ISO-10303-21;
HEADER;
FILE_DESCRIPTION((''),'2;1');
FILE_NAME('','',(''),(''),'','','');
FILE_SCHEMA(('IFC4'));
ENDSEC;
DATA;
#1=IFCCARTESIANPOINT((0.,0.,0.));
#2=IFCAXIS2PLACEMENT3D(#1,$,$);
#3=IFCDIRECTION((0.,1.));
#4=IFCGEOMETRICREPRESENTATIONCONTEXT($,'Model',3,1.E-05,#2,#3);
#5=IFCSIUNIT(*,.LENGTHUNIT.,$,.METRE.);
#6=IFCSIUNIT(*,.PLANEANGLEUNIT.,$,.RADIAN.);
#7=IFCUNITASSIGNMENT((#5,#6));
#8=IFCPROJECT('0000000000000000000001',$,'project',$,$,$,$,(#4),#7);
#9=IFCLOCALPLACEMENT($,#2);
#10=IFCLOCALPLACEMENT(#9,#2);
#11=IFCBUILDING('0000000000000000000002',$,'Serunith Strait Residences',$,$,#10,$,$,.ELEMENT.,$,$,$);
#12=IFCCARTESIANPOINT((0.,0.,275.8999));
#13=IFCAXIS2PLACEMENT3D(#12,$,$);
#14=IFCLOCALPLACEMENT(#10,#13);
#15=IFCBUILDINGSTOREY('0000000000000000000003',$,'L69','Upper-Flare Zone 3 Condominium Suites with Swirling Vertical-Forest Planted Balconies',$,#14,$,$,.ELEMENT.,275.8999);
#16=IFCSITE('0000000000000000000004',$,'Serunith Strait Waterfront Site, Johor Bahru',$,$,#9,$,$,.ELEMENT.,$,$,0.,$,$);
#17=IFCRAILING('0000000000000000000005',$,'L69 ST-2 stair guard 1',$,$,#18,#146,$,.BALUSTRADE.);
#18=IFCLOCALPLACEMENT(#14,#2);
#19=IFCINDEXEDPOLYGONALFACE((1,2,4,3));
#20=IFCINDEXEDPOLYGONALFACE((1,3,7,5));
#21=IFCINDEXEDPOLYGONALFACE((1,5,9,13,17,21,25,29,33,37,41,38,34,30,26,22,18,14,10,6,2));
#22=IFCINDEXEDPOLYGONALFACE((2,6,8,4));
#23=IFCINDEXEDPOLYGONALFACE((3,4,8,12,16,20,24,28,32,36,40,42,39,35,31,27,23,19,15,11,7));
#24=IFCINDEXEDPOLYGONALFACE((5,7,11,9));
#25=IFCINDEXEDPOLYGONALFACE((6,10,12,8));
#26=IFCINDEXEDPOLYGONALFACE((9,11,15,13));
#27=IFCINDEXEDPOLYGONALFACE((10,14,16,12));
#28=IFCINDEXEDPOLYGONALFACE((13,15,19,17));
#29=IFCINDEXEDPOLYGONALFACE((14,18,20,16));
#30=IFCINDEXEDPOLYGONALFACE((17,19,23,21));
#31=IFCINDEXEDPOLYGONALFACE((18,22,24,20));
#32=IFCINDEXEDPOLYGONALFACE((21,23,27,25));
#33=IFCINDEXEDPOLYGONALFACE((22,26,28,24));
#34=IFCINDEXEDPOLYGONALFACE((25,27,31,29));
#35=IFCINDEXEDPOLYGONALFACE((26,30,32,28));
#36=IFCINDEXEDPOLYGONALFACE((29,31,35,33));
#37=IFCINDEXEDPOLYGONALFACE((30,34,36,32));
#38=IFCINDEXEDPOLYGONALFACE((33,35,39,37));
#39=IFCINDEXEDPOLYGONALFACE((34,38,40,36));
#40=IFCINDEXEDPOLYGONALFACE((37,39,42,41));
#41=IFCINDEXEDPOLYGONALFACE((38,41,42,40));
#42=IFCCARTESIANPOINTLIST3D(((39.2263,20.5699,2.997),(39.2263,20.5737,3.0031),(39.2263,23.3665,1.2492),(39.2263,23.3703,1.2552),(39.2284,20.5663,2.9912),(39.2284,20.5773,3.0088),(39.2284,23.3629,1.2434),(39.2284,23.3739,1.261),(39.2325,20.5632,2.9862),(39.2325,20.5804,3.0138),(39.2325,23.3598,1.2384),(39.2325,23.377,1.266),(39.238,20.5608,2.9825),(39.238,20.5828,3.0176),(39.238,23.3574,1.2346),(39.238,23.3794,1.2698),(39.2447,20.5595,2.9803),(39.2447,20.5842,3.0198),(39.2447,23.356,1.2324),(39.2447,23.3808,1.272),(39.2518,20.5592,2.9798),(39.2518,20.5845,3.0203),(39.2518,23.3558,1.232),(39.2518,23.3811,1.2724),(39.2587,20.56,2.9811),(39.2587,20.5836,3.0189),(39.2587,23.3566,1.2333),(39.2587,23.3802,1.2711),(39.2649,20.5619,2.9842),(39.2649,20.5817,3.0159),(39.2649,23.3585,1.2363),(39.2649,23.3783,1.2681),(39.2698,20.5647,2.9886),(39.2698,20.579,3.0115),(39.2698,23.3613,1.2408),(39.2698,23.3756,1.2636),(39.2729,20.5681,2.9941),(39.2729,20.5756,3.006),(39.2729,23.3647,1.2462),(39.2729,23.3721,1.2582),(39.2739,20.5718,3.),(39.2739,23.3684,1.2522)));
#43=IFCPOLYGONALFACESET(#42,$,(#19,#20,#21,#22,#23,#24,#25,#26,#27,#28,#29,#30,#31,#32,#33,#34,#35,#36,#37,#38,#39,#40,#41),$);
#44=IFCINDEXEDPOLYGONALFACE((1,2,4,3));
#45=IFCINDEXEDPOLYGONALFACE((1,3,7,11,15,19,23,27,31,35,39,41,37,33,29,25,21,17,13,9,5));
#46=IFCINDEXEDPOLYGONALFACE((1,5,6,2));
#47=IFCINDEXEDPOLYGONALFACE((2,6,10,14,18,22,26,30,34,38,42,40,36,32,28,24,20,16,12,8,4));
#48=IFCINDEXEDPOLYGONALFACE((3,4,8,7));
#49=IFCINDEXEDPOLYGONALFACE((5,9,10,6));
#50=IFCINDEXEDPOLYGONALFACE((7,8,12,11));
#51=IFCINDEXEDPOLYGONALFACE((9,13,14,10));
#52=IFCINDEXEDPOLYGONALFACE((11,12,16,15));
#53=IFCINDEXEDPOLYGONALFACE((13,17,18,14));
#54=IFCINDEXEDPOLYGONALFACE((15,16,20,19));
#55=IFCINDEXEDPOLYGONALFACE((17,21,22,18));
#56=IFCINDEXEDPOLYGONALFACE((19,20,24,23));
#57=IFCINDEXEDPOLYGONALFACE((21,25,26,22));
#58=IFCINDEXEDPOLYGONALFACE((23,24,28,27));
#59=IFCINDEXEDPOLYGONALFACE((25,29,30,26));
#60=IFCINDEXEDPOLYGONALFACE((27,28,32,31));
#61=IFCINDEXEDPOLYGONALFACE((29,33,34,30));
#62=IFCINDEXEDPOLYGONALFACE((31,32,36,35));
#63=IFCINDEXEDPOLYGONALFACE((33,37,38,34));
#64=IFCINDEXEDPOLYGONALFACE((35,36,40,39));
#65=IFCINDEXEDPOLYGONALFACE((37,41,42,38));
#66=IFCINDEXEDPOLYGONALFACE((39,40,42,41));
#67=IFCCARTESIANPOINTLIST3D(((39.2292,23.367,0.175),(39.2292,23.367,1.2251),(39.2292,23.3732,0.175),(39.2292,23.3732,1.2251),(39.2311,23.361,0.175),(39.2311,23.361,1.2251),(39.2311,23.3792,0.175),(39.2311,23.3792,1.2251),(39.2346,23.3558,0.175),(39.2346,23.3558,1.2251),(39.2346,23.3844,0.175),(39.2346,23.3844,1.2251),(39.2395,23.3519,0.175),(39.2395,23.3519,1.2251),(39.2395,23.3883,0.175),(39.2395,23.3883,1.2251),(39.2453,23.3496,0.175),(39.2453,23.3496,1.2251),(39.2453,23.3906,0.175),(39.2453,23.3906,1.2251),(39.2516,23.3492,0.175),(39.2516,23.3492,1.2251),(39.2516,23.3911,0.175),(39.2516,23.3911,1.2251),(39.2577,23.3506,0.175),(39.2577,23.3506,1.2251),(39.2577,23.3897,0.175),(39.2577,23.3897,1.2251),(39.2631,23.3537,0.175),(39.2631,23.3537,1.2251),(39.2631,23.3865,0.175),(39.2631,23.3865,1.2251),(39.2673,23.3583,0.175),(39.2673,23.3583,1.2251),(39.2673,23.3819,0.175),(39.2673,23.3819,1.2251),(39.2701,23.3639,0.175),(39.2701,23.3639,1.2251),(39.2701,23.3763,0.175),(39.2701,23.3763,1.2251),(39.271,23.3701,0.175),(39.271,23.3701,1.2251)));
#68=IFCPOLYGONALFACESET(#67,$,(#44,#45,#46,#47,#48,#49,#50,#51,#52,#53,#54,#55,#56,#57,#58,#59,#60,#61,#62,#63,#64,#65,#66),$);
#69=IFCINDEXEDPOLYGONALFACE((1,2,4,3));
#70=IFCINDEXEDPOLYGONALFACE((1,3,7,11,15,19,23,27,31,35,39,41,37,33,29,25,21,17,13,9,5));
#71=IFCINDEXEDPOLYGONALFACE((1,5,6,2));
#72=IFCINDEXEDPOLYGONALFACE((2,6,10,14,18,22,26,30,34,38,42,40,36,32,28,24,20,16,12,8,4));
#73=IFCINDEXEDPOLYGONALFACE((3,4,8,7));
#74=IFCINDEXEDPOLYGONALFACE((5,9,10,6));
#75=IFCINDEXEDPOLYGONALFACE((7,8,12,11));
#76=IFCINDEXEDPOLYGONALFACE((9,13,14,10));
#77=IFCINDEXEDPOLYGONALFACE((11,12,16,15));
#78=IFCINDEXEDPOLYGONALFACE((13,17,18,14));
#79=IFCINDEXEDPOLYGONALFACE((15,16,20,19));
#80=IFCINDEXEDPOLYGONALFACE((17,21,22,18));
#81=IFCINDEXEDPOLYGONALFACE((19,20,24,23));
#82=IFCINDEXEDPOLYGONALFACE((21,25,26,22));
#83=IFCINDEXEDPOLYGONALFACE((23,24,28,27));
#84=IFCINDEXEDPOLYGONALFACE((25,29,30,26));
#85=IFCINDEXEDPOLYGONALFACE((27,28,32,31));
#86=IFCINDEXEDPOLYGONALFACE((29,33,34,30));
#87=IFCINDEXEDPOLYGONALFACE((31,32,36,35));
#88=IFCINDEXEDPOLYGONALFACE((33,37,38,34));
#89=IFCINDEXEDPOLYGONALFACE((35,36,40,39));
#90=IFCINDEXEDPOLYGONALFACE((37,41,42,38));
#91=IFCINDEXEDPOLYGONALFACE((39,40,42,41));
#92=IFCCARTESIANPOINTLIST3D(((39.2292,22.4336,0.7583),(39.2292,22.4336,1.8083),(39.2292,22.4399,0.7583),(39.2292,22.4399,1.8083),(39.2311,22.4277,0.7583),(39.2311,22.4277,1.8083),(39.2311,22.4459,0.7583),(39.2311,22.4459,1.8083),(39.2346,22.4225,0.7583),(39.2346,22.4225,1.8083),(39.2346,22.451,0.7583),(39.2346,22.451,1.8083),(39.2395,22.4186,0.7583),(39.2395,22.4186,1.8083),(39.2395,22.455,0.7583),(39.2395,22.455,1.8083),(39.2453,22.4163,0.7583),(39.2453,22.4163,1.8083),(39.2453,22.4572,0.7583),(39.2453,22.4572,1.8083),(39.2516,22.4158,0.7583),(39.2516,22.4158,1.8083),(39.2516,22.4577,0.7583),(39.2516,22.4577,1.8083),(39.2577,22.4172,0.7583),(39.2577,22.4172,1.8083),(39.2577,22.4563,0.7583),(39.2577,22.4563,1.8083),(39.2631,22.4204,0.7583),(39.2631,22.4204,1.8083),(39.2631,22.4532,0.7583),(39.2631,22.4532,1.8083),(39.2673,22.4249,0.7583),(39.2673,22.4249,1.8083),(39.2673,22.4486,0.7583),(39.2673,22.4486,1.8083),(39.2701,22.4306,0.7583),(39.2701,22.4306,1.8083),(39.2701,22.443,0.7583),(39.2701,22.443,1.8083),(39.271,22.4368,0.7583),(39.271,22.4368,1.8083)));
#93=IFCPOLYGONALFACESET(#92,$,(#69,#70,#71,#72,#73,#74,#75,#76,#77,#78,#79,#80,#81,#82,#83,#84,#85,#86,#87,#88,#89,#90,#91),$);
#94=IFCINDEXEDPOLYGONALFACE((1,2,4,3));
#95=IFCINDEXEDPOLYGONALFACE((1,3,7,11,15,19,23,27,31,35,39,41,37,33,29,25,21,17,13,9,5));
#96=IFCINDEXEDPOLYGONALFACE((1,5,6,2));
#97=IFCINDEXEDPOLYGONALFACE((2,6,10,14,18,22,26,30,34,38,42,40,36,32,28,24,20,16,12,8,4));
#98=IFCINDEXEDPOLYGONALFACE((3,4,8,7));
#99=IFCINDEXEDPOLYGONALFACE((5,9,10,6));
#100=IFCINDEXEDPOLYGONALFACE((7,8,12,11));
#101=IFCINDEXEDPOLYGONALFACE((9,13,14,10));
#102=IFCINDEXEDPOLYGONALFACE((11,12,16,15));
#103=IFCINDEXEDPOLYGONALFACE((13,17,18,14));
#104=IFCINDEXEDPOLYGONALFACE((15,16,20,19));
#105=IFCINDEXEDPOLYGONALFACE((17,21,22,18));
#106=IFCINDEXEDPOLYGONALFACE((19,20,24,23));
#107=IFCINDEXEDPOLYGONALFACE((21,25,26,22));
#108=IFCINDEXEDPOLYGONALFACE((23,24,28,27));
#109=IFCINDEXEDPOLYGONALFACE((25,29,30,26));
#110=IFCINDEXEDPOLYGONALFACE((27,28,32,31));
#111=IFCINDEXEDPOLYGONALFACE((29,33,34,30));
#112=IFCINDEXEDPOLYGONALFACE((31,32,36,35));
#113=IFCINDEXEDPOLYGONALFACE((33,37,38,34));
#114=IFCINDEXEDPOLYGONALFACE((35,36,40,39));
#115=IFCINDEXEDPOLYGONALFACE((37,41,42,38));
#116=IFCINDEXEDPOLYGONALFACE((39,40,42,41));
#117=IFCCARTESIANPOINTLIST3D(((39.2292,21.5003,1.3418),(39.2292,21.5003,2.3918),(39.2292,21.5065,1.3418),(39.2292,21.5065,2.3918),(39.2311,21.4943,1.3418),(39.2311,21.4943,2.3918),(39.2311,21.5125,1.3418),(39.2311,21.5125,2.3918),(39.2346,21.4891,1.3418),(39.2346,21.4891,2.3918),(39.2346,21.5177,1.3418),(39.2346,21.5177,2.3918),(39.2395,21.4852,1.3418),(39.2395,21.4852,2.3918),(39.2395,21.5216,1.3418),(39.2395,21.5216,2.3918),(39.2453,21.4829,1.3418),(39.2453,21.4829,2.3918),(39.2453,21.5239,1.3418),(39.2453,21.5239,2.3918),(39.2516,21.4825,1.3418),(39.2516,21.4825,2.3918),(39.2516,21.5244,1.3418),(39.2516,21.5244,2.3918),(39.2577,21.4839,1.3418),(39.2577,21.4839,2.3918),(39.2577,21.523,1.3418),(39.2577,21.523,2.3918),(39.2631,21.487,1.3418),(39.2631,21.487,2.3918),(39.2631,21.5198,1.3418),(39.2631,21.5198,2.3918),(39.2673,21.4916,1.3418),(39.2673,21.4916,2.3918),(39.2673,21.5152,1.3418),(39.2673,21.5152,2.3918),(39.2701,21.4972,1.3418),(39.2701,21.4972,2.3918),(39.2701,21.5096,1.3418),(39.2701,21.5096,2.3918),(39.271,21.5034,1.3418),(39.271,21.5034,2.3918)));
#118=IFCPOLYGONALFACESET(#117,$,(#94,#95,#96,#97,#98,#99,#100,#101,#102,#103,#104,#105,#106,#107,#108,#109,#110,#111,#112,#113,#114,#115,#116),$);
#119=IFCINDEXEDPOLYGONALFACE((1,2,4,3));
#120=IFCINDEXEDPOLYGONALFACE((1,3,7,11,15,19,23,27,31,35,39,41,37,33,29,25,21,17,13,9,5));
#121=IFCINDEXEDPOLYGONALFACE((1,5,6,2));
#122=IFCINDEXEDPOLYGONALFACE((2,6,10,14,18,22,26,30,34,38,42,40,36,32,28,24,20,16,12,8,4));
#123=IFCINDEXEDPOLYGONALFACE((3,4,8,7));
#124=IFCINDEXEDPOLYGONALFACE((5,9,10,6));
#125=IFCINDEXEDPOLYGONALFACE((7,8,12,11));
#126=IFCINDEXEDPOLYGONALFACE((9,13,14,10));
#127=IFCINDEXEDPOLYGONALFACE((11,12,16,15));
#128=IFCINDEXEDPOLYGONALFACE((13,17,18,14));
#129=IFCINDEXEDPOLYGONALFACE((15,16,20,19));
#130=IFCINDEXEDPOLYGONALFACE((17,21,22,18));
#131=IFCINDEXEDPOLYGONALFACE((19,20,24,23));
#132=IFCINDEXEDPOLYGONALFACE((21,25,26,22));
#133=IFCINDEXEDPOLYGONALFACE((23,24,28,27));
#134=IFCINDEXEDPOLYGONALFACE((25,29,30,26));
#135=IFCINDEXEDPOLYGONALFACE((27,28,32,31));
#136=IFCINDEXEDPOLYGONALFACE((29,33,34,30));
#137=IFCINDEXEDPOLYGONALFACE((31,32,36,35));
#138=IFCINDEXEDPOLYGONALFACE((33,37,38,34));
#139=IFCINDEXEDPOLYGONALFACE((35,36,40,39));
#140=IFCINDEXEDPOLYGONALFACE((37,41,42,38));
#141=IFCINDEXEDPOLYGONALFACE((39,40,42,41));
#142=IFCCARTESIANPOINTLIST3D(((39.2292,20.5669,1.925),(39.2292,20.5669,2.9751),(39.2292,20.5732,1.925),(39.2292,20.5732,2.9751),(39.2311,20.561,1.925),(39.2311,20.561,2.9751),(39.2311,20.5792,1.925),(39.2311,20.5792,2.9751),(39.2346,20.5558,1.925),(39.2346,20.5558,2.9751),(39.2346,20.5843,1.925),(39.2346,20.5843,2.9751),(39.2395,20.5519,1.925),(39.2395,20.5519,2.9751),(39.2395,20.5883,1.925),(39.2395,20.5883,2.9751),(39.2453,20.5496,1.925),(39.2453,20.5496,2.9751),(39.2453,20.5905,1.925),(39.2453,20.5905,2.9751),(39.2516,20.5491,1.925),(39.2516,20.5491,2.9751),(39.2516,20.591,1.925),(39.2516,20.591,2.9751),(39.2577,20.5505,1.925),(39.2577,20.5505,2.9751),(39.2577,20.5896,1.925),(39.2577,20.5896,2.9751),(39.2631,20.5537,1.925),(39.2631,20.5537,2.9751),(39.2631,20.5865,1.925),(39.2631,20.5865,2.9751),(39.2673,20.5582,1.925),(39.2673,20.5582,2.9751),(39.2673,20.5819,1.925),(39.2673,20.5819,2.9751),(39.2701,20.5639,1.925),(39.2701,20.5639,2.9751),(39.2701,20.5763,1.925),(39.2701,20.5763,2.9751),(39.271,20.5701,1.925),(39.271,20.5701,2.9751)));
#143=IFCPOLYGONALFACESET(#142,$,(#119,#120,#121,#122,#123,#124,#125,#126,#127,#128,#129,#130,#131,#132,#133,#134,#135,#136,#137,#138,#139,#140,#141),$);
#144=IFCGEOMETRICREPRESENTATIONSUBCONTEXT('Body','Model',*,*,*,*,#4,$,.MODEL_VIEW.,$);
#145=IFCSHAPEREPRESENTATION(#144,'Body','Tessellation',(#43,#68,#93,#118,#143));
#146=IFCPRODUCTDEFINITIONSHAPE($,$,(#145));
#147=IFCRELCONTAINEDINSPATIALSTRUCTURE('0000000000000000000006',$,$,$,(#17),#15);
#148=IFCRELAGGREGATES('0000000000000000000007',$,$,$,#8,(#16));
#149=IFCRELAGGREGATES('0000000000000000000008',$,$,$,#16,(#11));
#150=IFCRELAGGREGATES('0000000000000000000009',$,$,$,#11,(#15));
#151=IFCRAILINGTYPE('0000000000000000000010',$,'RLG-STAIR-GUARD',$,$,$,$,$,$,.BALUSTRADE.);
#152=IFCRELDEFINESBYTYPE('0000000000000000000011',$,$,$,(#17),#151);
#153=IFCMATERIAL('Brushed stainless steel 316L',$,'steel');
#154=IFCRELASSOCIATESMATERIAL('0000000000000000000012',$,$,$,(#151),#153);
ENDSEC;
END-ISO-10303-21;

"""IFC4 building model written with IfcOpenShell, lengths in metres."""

from ifc_helpers import new_model, si_unit, direction, frame, origin, origin_2d, place, context, subcontext, project, spatial, circle, extrude, material, type_object, element, save


model = new_model("IFC4")

# Units and contexts
model_context = context("Model", 3, precision=1e-05, world=origin(), true_north=direction((0.0, 1.0)))
body_context = subcontext(model_context, "Body", "Model", "MODEL_VIEW")
ifc_project = project(units=[si_unit("LENGTHUNIT", "METRE"), si_unit("PLANEANGLEUNIT", "RADIAN")], contexts=[model_context])

# Site, building, storey
site_placement = place(None, origin())
site = spatial("IfcSite", under=ifc_project, at=site_placement, Name="Serunith Strait Waterfront Site, Johor Bahru", CompositionType="ELEMENT", RefElevation=0.0)
building_placement = place(site_placement, origin())
building = spatial("IfcBuilding", under=site, at=building_placement, Name="Serunith Strait Residences", CompositionType="ELEMENT")
storey_placement = place(building_placement, frame((0.0, 0.0, 275.8999)))
storey = spatial("IfcBuildingStorey", under=building, at=storey_placement, Name="L69", Description="Upper-Flare Zone 3 Condominium Suites with Swirling Vertical-Forest Planted Balconies", CompositionType="ELEMENT", Elevation=275.8999)

# Railing
ifc_material_1 = material(Name="Brushed stainless steel 316L", Category="steel")
railing_type_1 = type_object("IfcRailingType", Name="RLG-STAIR-GUARD", PredefinedType="BALUSTRADE", material=ifc_material_1)
railing_1_placement = place(storey_placement, frame((39.25, 23.3701, 0.175)))
element("IfcRailing", 1, at=railing_1_placement, inside=storey, type_object=railing_type_1, Name="L69 ST-2 stair guard 1", PredefinedType="BALUSTRADE", context=body_context, shape_type="SweptSolid", body=[
    extrude(circle(Radius=0.0239, at=origin_2d()), frame((0.0, -0.0017, 1.0771), z_axis=(0.0, -0.848002, 0.529992), x_axis=(1.0, 0.0, 0.0)), (0.0, 0.0, 1.0), 3.2979),
    extrude(circle(Radius=0.021, at=origin_2d()), origin(), (0.0, 0.0, 1.0), 1.05),
    extrude(circle(Radius=0.021, at=origin_2d()), frame((0.0, -0.9333, 0.5833)), (0.0, 0.0, 1.0), 1.05),
    extrude(circle(Radius=0.021, at=origin_2d()), frame((0.0, -1.8667, 1.1667)), (0.0, 0.0, 1.0), 1.05),
    extrude(circle(Radius=0.021, at=origin_2d()), frame((0.0, -2.8, 1.75)), (0.0, 0.0, 1.0), 1.05),
])

save(model, "model.ifc")
